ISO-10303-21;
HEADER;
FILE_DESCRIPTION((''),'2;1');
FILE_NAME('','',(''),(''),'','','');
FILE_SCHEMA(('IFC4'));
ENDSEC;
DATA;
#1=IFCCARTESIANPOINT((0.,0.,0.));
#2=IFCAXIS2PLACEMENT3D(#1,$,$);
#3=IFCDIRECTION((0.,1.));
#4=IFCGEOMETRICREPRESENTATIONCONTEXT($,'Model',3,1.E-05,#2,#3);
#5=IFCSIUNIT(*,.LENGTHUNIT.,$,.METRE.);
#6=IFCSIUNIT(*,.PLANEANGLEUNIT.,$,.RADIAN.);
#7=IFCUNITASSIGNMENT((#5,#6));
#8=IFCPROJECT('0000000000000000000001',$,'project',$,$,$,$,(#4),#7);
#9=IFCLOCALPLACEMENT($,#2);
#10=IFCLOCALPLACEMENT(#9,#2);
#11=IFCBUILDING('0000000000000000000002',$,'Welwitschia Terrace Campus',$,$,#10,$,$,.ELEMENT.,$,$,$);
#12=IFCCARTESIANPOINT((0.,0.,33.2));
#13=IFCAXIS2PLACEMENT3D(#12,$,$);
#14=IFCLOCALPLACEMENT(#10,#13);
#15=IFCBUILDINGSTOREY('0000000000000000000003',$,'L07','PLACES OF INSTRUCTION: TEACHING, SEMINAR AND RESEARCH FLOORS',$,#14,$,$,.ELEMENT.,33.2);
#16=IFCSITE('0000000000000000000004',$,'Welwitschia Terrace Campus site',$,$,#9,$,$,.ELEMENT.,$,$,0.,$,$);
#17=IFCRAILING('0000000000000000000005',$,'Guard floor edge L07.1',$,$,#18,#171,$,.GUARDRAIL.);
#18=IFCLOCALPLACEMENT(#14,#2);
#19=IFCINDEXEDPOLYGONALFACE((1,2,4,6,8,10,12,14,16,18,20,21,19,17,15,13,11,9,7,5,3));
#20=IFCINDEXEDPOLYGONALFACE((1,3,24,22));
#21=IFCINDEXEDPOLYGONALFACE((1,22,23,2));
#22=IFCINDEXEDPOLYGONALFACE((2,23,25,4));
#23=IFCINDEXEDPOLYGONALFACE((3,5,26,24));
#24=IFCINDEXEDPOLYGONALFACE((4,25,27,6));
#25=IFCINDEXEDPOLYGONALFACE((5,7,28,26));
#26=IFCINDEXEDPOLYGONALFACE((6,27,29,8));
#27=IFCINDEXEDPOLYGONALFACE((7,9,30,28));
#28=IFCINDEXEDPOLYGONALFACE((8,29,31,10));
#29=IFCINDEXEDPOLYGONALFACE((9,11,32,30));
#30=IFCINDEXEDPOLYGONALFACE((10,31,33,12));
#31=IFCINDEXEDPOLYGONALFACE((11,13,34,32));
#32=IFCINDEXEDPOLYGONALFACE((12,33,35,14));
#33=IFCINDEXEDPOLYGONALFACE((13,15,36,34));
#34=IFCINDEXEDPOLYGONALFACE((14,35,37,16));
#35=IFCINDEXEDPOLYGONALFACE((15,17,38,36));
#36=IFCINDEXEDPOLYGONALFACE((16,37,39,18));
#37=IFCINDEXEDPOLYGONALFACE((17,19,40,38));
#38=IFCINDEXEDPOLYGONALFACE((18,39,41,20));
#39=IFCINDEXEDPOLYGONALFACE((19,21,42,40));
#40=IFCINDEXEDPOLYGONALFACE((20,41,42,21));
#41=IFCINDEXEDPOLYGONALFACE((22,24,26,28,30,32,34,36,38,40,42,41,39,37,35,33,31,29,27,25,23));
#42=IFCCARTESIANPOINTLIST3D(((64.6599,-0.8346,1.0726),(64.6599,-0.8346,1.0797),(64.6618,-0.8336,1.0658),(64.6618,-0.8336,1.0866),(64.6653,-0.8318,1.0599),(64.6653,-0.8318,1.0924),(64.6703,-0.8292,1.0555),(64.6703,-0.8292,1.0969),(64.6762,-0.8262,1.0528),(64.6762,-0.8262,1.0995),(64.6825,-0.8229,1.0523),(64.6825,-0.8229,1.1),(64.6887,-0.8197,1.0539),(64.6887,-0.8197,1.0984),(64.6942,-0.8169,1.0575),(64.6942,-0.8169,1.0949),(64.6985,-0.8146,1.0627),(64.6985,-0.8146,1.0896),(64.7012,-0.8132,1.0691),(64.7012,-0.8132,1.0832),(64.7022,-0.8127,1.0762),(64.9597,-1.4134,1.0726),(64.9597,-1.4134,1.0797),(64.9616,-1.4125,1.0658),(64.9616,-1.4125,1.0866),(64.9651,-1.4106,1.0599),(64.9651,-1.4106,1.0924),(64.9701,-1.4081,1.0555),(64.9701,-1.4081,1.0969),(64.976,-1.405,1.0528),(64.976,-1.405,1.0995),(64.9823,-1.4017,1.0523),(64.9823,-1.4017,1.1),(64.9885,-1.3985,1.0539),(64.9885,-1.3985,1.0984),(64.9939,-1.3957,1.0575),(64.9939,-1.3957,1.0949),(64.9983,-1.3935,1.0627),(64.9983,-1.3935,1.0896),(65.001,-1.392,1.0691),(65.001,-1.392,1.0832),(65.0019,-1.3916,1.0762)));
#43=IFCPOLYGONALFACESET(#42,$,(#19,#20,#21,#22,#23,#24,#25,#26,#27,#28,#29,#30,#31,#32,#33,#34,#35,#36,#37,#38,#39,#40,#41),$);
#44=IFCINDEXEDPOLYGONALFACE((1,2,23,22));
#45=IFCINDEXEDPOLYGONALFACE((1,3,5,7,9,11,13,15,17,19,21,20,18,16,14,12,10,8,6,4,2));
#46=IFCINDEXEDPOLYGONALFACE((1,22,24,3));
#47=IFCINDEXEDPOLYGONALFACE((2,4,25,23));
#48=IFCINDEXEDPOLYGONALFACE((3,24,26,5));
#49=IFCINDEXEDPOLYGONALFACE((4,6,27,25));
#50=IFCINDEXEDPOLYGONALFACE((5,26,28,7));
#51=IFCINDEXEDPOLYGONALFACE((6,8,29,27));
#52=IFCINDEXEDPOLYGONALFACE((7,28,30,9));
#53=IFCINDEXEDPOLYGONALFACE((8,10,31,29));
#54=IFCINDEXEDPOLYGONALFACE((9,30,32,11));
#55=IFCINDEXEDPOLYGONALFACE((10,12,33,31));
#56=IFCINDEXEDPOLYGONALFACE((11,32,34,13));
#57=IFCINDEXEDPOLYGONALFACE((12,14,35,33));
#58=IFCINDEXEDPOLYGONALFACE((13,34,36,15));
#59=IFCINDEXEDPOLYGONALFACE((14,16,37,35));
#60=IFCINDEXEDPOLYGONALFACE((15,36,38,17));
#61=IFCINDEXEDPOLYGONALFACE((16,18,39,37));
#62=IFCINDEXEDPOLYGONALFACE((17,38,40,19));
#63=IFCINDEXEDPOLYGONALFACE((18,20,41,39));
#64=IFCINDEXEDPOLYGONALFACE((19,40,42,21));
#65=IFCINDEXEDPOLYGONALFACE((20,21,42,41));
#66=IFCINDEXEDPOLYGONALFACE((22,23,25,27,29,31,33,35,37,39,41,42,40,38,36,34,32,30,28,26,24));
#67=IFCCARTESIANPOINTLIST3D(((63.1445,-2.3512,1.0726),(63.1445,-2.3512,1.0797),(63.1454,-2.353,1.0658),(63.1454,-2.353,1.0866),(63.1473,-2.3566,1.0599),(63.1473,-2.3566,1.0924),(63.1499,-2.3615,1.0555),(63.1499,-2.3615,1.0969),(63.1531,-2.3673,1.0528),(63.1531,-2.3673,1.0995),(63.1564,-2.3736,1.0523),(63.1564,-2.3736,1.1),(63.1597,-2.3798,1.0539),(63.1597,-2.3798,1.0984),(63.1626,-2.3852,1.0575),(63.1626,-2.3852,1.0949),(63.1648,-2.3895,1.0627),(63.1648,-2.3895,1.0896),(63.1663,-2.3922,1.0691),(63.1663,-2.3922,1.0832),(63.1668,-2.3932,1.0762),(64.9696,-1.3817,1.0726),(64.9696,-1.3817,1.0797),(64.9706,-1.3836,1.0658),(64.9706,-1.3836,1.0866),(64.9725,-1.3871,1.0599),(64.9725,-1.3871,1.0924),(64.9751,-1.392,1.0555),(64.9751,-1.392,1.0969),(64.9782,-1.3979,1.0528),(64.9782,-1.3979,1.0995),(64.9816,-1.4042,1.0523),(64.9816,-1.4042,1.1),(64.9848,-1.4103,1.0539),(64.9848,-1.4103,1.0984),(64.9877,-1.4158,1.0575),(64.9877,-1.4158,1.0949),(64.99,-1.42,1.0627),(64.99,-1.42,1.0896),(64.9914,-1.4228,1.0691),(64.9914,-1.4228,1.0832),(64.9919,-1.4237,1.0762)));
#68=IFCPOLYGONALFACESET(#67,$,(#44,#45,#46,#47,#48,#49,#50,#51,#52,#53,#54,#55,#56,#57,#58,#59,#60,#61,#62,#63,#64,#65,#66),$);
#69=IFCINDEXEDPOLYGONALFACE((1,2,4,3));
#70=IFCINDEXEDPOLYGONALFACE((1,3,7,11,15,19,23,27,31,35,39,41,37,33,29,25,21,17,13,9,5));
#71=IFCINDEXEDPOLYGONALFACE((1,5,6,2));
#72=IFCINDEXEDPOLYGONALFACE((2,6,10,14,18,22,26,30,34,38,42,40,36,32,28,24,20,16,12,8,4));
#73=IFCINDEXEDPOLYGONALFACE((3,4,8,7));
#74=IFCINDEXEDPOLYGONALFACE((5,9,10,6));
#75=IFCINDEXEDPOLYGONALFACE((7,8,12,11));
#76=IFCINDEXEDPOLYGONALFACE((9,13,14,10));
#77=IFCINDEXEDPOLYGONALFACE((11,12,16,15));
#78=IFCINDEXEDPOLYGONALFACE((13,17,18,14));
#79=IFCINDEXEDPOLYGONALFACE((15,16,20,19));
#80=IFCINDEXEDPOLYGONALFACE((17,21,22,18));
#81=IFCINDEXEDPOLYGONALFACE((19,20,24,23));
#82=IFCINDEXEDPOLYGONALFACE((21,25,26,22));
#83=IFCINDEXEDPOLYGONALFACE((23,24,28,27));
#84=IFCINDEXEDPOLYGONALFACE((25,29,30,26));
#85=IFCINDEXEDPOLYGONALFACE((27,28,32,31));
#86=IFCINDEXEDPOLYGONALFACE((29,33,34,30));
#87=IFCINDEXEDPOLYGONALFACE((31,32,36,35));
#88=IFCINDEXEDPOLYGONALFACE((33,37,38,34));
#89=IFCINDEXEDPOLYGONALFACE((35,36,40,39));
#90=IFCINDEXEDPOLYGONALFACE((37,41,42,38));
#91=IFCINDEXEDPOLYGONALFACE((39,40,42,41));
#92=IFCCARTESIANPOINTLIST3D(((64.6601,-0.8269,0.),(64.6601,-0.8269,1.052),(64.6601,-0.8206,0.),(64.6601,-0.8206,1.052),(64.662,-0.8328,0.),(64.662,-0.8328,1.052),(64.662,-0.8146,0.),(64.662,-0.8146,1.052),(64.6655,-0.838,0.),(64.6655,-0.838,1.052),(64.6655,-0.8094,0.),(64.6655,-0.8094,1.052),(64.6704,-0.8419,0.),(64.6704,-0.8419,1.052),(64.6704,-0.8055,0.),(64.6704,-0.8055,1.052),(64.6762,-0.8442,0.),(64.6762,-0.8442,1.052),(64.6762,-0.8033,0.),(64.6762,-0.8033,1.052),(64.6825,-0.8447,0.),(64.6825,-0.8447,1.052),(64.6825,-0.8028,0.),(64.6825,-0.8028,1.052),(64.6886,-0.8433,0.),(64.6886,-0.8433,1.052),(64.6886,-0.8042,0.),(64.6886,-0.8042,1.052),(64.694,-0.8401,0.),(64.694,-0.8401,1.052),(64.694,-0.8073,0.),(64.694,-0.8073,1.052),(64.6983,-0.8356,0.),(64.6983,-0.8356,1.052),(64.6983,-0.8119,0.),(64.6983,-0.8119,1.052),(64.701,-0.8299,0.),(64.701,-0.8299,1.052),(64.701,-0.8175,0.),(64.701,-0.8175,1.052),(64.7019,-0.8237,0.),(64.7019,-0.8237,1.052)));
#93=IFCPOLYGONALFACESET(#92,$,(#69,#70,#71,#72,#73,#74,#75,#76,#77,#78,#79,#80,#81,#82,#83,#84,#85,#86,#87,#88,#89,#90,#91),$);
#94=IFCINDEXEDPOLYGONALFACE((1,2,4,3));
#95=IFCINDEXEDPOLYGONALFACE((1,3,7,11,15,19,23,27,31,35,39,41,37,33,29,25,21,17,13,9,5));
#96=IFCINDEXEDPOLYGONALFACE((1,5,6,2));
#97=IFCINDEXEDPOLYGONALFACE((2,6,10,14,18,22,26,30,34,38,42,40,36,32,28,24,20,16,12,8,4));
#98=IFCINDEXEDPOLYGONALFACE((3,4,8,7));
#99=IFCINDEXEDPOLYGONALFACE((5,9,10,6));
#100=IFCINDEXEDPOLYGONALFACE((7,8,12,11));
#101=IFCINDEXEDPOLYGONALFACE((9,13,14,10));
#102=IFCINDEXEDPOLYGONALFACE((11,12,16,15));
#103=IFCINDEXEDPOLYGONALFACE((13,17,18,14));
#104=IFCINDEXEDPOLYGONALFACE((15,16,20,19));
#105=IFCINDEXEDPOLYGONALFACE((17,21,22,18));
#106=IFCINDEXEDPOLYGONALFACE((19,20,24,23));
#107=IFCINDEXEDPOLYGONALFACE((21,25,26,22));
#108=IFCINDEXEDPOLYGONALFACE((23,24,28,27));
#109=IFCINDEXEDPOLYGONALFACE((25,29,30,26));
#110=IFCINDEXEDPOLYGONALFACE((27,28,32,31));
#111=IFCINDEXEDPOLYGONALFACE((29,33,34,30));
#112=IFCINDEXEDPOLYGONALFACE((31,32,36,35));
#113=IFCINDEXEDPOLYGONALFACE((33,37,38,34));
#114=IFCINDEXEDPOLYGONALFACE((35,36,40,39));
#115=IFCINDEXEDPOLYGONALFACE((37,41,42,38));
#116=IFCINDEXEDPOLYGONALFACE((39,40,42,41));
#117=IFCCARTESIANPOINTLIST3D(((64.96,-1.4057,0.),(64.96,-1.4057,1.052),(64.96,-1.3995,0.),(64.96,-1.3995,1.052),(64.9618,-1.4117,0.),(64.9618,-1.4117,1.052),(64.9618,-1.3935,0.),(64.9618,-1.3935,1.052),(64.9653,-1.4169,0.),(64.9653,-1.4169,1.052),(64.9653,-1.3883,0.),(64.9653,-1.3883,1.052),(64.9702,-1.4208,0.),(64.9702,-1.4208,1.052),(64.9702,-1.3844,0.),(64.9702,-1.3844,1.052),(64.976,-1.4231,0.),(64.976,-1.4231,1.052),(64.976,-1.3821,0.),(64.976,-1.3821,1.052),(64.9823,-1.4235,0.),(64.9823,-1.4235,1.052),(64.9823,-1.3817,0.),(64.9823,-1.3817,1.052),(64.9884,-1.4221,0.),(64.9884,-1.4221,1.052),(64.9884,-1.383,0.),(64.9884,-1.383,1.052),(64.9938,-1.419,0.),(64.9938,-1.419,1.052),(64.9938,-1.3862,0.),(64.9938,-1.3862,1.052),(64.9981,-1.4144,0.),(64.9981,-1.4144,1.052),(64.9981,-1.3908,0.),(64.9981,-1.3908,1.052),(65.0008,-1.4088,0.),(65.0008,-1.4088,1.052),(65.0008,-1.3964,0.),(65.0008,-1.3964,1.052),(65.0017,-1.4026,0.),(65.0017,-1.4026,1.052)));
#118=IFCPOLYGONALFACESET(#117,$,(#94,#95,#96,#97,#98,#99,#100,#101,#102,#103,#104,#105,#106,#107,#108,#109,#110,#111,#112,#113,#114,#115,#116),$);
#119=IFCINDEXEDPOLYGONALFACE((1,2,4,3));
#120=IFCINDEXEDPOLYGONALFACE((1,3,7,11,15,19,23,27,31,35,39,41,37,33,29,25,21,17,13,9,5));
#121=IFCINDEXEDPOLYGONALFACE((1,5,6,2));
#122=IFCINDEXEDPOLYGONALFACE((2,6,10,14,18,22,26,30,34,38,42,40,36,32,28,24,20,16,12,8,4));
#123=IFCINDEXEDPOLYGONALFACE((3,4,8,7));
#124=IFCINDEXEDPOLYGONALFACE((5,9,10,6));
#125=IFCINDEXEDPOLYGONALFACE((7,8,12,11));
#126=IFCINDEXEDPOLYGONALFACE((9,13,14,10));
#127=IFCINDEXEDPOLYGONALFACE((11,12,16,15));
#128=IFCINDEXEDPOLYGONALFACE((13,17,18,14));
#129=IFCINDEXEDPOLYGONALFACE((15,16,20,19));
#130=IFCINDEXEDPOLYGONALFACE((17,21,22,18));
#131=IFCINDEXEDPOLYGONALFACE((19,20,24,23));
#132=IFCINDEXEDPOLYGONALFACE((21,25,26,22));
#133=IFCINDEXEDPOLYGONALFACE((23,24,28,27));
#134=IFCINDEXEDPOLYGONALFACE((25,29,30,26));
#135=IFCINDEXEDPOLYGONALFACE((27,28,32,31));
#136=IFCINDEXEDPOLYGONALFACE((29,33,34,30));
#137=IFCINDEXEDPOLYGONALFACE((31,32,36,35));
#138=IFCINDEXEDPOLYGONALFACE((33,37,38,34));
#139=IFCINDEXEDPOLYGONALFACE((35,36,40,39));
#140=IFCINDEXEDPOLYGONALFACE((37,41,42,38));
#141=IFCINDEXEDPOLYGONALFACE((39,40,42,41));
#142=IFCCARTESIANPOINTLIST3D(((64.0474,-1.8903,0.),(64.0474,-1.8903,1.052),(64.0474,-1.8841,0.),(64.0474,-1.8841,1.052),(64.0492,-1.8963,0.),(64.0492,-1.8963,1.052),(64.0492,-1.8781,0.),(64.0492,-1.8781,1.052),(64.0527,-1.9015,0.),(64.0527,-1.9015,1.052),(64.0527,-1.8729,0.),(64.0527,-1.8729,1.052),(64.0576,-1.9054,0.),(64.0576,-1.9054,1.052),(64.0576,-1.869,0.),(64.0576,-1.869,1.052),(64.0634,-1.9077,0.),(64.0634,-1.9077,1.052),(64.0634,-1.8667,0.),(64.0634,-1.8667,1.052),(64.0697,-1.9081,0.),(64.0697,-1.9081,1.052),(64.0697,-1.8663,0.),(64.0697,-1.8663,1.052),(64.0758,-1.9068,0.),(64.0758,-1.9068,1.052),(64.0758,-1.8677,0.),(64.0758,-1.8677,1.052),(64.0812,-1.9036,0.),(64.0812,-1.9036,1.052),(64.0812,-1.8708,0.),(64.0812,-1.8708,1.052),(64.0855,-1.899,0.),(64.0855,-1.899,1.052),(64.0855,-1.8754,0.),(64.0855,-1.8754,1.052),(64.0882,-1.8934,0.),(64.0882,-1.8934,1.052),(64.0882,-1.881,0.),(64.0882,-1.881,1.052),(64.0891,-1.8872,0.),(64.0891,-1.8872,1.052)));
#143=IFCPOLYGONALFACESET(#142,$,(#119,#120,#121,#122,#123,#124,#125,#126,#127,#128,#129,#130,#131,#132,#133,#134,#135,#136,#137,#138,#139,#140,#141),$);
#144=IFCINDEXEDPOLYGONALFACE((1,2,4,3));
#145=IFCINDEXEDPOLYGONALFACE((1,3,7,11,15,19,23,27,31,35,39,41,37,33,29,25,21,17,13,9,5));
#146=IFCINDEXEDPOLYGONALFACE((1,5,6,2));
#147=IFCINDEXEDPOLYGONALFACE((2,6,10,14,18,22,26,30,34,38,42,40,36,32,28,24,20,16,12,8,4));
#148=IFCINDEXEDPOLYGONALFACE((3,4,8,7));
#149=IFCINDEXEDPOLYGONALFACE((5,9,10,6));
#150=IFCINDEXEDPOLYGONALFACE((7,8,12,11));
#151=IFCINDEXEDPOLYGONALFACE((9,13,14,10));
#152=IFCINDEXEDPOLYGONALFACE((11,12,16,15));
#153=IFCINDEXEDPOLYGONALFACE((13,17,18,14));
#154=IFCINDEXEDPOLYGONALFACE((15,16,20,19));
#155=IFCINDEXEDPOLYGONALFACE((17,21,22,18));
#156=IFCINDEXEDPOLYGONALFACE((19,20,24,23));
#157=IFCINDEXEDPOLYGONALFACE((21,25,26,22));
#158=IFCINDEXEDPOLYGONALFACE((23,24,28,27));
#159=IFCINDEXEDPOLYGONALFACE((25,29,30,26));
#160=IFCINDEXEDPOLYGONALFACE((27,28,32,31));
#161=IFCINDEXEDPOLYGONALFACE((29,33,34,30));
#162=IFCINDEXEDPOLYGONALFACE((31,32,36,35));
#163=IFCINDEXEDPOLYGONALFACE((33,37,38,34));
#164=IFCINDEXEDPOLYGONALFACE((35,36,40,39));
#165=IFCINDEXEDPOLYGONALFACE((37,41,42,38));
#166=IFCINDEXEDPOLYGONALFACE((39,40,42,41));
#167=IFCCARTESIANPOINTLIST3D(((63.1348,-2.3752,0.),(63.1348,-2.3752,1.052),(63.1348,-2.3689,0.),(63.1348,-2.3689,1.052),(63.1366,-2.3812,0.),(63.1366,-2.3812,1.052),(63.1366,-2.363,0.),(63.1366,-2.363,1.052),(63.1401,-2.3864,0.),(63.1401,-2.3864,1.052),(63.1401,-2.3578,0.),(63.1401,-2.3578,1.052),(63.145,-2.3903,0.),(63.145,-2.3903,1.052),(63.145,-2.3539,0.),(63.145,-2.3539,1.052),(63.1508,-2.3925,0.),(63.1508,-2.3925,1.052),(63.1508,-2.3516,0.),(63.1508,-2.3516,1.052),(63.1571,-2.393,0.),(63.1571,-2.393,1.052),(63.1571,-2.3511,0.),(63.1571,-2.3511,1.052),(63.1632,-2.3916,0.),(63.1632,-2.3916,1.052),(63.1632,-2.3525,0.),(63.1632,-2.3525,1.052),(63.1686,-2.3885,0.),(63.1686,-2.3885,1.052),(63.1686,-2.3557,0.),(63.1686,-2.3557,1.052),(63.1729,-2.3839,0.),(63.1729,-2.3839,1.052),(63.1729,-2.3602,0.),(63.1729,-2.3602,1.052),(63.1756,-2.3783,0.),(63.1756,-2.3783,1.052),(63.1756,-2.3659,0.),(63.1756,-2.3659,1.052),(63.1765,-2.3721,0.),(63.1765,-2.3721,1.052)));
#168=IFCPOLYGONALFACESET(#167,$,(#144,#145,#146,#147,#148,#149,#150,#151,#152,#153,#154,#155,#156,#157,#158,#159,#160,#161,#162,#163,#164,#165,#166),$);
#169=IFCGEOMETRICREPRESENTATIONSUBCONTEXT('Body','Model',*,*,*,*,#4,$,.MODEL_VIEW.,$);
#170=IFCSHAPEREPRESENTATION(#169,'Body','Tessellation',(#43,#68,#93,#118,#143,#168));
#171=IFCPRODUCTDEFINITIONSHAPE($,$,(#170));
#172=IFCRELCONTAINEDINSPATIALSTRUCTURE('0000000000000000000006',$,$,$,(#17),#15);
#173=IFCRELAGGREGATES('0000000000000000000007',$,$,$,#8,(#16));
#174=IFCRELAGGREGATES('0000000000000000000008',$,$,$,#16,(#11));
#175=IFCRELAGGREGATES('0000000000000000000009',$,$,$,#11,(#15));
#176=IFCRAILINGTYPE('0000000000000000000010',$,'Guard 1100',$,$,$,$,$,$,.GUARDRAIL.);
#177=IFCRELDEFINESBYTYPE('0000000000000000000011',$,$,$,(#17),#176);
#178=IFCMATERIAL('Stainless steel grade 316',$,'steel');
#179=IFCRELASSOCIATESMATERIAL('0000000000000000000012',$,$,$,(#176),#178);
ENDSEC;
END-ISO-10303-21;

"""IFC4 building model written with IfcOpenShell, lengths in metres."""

from ifc_helpers import new_model, si_unit, direction, frame, origin, origin_2d, place, context, subcontext, project, spatial, circle, extrude, material, type_object, element, save


model = new_model("IFC4")

# Units and contexts
model_context = context("Model", 3, precision=1e-05, world=origin(), true_north=direction((0.0, 1.0)))
body_context = subcontext(model_context, "Body", "Model", "MODEL_VIEW")
ifc_project = project(units=[si_unit("LENGTHUNIT", "METRE"), si_unit("PLANEANGLEUNIT", "RADIAN")], contexts=[model_context])

# Site, building, storey
site_placement = place(None, origin())
site = spatial("IfcSite", under=ifc_project, at=site_placement, Name="Welwitschia Terrace Campus site", CompositionType="ELEMENT", RefElevation=0.0)
building_placement = place(site_placement, origin())
building = spatial("IfcBuilding", under=site, at=building_placement, Name="Welwitschia Terrace Campus", CompositionType="ELEMENT")
storey_placement = place(building_placement, frame((0.0, 0.0, 33.2)))
storey = spatial("IfcBuildingStorey", under=building, at=storey_placement, Name="L07", Description="PLACES OF INSTRUCTION: TEACHING, SEMINAR AND RESEARCH FLOORS", CompositionType="ELEMENT", Elevation=33.2)

# Railing
ifc_material_1 = material(Name="Stainless steel grade 316", Category="steel")
railing_type = type_object("IfcRailingType", Name="Guard 1100", PredefinedType="GUARDRAIL", material=ifc_material_1)
railing_placement = place(storey_placement, frame((64.6809, -0.8237, 0.0)))
element("IfcRailing", 1, at=railing_placement, inside=storey, type_object=railing_type, Name="Guard floor edge L07.1", PredefinedType="GUARDRAIL", context=body_context, shape_type="SweptSolid", body=[
    extrude(circle(Radius=0.0239, at=origin_2d()), frame((0.0, 0.0, 1.0762), z_axis=(0.459902, -0.88797, 0.0), x_axis=(0.88797, 0.459902, 0.0)), (0.0, 0.0, 1.0), 0.6519),
    extrude(circle(Radius=0.0239, at=origin_2d()), frame((0.2998, -0.5789, 1.0762), z_axis=(-0.883146, -0.469098, 0.0), x_axis=(0.469098, -0.883146, 0.0)), (0.0, 0.0, 1.0), 2.0667),
    extrude(circle(Radius=0.021, at=origin_2d()), origin(), (0.0, 0.0, 1.0), 1.052),
    extrude(circle(Radius=0.021, at=origin_2d()), frame((0.2998, -0.5789, 0.0)), (0.0, 0.0, 1.0), 1.052),
    extrude(circle(Radius=0.021, at=origin_2d()), frame((-0.6128, -1.0635, 0.0)), (0.0, 0.0, 1.0), 1.052),
    extrude(circle(Radius=0.021, at=origin_2d()), frame((-1.5254, -1.5483, 0.0)), (0.0, 0.0, 1.0), 1.052),
])

save(model, "model.ifc")
